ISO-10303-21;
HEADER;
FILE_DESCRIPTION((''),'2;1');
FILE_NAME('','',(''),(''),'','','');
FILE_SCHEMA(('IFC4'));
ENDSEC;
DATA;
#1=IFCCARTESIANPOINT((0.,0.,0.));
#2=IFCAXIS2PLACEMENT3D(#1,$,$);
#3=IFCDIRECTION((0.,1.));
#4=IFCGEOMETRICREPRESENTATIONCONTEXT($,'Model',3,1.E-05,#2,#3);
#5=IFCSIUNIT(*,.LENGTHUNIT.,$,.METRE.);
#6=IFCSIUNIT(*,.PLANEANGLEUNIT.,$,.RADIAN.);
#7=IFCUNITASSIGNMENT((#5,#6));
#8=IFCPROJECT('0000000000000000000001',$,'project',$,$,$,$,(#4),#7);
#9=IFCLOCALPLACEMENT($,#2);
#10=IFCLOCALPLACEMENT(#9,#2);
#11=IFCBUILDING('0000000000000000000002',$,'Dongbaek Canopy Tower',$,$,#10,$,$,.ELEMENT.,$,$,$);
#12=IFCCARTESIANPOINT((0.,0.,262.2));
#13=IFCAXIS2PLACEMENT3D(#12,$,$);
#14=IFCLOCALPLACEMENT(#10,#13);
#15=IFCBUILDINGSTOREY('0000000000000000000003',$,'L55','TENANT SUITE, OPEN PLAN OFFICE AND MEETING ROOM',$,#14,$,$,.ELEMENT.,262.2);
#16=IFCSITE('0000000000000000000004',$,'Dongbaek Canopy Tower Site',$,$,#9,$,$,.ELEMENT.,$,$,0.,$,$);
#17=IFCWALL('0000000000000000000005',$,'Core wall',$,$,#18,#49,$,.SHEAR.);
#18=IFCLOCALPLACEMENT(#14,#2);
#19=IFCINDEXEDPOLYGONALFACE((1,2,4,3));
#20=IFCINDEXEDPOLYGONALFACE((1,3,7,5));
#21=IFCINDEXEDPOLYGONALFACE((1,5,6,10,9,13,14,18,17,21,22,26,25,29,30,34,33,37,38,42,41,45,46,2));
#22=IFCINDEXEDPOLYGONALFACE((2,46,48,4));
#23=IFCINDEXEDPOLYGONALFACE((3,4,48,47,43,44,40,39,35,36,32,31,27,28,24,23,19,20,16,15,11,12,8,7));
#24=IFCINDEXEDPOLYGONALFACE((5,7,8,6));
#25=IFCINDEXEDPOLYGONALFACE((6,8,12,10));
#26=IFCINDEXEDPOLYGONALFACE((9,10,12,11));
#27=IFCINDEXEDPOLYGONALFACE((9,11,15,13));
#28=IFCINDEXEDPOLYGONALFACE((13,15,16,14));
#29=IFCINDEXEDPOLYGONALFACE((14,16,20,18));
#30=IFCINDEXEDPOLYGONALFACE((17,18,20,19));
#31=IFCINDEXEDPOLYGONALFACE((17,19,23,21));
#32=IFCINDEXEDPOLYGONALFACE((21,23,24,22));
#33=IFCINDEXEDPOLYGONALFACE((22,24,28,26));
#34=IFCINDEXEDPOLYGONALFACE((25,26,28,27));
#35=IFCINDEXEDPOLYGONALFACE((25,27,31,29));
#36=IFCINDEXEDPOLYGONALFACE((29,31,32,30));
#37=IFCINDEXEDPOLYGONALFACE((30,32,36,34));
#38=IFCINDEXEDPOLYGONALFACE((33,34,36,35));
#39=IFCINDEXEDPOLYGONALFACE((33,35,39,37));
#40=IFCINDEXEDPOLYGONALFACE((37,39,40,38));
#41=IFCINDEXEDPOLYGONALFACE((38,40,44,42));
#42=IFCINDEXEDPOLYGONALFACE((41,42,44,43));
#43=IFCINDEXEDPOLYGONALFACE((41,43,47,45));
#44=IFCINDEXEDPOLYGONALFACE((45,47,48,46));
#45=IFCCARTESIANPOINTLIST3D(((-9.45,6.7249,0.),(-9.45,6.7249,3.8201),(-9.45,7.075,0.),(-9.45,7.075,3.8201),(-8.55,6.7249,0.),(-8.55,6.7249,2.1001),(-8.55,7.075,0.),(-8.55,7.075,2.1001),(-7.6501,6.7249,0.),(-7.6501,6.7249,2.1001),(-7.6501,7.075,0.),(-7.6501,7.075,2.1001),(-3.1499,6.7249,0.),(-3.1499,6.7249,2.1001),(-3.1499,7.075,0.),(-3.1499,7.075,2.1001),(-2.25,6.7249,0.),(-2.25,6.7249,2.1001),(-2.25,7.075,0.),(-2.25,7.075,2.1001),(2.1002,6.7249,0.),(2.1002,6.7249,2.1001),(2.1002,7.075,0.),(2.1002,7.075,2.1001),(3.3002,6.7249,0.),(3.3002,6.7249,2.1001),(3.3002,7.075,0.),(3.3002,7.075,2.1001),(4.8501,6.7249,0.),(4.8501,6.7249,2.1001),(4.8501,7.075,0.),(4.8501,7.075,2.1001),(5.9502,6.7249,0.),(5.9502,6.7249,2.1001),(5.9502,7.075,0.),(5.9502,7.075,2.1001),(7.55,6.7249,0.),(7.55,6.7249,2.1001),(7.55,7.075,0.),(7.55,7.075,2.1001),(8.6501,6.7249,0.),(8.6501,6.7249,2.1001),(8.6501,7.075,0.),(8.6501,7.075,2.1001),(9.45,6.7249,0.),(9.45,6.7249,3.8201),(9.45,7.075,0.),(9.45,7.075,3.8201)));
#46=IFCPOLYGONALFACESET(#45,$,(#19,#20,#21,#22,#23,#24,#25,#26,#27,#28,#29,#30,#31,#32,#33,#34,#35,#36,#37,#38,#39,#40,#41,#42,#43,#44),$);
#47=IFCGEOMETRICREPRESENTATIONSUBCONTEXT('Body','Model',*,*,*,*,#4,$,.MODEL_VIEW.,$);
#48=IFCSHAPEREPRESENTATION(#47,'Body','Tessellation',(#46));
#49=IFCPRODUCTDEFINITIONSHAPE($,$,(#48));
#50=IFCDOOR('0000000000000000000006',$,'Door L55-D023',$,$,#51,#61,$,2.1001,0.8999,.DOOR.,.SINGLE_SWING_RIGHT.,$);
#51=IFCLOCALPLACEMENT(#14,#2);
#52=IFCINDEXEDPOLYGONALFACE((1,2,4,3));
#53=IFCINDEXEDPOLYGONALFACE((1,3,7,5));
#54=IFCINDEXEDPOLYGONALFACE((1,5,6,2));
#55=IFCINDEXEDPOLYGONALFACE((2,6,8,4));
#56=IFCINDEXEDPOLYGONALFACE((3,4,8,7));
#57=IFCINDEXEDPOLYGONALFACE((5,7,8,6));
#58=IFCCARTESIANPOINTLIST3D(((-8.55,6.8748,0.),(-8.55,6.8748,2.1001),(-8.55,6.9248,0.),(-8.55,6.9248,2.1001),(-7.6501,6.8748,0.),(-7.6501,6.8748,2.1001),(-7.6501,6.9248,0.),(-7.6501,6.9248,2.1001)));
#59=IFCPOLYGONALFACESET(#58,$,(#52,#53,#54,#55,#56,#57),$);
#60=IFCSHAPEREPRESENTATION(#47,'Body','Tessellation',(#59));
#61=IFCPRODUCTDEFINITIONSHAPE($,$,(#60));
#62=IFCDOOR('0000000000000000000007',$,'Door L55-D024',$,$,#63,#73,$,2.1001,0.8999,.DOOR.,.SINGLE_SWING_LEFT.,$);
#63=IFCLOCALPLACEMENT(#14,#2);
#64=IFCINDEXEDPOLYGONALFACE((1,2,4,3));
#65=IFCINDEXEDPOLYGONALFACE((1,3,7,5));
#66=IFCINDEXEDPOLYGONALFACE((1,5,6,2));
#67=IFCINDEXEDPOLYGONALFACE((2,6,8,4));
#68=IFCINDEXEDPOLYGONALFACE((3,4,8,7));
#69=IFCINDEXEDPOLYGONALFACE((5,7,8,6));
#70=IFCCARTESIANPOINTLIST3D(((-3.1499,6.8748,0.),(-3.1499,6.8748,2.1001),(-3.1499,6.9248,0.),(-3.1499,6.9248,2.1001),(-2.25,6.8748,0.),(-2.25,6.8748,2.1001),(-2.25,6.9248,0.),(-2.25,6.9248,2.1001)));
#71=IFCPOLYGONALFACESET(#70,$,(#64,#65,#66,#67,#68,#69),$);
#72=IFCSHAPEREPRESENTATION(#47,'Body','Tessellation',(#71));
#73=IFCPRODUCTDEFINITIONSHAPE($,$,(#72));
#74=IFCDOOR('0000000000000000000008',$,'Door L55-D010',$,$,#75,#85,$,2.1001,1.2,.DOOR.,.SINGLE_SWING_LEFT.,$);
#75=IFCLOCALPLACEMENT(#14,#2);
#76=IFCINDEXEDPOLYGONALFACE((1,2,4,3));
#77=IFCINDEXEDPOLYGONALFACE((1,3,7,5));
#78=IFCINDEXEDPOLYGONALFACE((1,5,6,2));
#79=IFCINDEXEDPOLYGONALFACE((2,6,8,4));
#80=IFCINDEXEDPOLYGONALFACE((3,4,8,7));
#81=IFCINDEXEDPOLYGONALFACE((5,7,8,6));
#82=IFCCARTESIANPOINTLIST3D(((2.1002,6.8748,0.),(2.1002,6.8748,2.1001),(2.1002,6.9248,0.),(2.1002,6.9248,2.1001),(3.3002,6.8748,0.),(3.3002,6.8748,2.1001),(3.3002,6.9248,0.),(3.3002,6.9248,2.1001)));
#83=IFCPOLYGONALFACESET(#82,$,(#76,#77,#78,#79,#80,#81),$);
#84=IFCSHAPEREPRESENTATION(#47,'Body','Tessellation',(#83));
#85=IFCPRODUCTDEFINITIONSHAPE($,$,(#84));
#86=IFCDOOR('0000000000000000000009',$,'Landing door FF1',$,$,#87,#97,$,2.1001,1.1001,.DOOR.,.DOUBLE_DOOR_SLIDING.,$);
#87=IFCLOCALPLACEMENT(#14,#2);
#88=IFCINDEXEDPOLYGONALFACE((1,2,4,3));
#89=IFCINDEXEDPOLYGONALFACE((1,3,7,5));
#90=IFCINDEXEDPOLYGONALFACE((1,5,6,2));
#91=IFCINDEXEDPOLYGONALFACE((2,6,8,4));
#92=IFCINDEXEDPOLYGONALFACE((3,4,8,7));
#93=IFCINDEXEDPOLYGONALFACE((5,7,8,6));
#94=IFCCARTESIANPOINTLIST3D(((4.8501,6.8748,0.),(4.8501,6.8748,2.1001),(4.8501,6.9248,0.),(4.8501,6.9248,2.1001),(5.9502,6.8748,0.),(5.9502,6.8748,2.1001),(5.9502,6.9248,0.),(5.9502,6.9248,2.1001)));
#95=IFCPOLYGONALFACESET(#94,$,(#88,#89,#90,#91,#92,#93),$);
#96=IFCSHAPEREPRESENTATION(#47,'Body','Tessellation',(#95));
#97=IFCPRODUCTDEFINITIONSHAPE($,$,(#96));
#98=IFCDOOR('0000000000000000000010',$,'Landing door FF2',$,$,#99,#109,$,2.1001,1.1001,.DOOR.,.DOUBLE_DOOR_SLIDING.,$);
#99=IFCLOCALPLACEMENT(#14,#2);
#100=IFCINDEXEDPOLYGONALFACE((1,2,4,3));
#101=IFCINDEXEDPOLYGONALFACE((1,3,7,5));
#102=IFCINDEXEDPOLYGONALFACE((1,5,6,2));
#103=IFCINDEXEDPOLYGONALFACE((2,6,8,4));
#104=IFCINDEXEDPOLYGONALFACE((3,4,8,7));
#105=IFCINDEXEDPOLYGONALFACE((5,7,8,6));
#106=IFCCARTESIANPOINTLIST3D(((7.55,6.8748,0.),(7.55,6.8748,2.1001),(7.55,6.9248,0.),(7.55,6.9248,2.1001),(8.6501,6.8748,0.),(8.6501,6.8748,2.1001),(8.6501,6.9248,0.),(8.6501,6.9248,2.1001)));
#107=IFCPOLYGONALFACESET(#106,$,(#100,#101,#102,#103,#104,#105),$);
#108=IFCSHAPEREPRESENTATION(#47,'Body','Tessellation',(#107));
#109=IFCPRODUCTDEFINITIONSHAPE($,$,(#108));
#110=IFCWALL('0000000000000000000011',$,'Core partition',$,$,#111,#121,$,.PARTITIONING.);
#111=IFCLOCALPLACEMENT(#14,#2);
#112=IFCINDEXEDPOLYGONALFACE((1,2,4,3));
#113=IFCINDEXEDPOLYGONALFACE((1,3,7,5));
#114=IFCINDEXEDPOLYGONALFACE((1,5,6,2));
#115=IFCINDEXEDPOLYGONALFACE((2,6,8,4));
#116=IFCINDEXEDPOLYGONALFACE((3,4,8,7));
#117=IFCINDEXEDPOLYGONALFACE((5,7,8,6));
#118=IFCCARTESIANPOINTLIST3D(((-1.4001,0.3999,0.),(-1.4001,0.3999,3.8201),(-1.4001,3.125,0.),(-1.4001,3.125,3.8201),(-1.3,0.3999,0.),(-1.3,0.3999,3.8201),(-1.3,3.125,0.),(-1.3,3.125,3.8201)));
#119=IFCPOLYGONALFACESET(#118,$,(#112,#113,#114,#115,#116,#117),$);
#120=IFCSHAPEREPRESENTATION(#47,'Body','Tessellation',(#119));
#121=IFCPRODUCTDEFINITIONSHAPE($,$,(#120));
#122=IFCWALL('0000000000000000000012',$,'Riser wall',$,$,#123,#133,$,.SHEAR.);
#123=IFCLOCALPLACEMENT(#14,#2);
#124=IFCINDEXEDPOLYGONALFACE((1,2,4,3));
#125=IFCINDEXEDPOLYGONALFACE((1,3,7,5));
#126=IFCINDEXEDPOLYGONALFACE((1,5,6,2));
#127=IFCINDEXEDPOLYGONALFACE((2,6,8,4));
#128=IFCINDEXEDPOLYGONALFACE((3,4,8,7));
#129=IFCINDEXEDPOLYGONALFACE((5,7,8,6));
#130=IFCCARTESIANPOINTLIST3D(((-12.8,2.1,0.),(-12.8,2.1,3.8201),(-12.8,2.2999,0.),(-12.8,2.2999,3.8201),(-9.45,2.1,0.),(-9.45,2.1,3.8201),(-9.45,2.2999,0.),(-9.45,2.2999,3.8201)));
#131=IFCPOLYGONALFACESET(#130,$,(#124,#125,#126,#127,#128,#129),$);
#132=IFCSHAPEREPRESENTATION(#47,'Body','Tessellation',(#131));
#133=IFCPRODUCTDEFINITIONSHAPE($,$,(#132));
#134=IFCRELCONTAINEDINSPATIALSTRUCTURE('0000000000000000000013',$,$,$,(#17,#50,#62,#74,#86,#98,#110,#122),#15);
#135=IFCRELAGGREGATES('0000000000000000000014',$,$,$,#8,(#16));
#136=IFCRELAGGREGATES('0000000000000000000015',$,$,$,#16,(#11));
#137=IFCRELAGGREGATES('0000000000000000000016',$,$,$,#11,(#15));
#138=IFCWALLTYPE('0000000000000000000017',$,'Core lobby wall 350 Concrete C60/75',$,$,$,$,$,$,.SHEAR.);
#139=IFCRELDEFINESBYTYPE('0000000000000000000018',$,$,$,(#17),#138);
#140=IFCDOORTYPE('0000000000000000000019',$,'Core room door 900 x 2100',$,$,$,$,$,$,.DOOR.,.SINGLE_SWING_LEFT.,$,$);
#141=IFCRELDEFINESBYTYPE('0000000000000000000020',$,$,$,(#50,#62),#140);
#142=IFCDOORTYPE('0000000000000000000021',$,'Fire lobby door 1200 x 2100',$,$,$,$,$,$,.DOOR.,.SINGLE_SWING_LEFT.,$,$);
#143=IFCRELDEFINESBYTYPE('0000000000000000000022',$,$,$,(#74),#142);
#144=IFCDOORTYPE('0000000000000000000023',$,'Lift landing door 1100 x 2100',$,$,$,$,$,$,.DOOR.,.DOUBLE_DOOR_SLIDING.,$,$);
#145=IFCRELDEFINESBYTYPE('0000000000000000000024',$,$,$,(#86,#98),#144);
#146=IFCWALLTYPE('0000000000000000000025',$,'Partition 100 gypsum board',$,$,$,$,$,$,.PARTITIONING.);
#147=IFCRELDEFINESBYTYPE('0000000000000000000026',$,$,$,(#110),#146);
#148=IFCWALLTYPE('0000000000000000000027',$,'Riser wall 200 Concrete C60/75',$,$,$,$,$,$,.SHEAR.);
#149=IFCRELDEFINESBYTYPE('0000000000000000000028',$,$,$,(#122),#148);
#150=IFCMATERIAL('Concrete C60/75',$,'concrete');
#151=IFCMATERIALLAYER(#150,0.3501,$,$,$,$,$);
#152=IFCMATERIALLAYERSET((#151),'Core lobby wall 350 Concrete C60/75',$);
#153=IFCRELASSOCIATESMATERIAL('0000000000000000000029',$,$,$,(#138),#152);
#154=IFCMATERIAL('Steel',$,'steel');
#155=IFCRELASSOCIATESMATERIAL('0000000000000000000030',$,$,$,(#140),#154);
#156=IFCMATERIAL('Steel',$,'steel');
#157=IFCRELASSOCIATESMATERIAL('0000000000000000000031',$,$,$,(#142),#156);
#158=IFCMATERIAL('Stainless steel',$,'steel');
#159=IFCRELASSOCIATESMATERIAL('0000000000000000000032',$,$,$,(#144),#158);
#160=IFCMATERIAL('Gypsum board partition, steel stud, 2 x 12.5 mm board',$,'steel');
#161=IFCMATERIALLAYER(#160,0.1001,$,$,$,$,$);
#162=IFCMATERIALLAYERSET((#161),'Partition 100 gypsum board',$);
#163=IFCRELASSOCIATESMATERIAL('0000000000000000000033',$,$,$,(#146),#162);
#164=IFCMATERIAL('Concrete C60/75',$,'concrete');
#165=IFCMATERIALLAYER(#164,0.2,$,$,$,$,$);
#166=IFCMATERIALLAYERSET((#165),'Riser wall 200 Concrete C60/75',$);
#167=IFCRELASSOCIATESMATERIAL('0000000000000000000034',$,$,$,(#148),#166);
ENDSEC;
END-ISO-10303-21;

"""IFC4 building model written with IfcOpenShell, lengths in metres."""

from ifc_helpers import new_model, si_unit, direction, frame, frame_2d, origin, place, context, subcontext, project, spatial, rectangle, extrude, material, layer, layer_set, type_object, element, fill, save


model = new_model("IFC4")

# Units and contexts
model_context = context("Model", 3, precision=1e-05, world=origin(), true_north=direction((0.0, 1.0)))
body_context = subcontext(model_context, "Body", "Model", "MODEL_VIEW")
ifc_project = project(units=[si_unit("LENGTHUNIT", "METRE"), si_unit("PLANEANGLEUNIT", "RADIAN")], contexts=[model_context])

# Site, building, storey
site_placement = place(None, origin())
site = spatial("IfcSite", under=ifc_project, at=site_placement, Name="Dongbaek Canopy Tower Site", CompositionType="ELEMENT", RefElevation=0.0)
building_placement = place(site_placement, origin())
building = spatial("IfcBuilding", under=site, at=building_placement, Name="Dongbaek Canopy Tower", CompositionType="ELEMENT")
storey_placement = place(building_placement, frame((0.0, 0.0, 262.2)))
storey = spatial("IfcBuildingStorey", under=building, at=storey_placement, Name="L55", Description="TENANT SUITE, OPEN PLAN OFFICE AND MEETING ROOM", CompositionType="ELEMENT", Elevation=262.2)

# Wall, openings, doors
ifc_material_1 = material(Name="Concrete C60/75", Category="concrete")
ifc_layer_1 = layer(ifc_material_1, 0.3501)
ifc_layer_set_1 = layer_set([ifc_layer_1], Name="Core lobby wall 350 Concrete C60/75")
wall_type_1 = type_object("IfcWallType", Name="Core lobby wall 350 Concrete C60/75", PredefinedType="SHEAR", material=ifc_layer_set_1)
wall_1_placement = place(storey_placement, frame((-9.45, 6.8999, 0.0), z_axis=(0.0, 0.0, 1.0), x_axis=(1.0, 0.0, 0.0)))
wall_1 = element("IfcWall", 1, at=wall_1_placement, inside=storey, type_object=wall_type_1, Name="Core wall", PredefinedType="SHEAR", context=body_context, shape_type="SweptSolid", body=[
    extrude(rectangle(XDim=18.8999, YDim=0.3501, at=frame_2d((9.45, 0.0))), origin(), (0.0, 0.0, 1.0), 3.8201),
])
opening_1_placement = place(wall_1_placement, frame((11.55, 0.0, 0.0)))
opening_1 = element("IfcOpeningElement", 2, at=opening_1_placement, cuts=wall_1, PredefinedType="OPENING", context=body_context, shape_type="SweptSolid", body=[
    extrude(rectangle(XDim=1.2, YDim=2.1001, at=frame_2d((0.6001, 1.05))), frame((0.0, 0.1851, 0.0), z_axis=(0.0, -1.0, 0.0), x_axis=(1.0, 0.0, 0.0)), (0.0, 0.0, 1.0), 0.3701),
])
opening_2_placement = place(wall_1_placement, frame((14.3, 0.0, 0.0)))
opening_2 = element("IfcOpeningElement", 3, at=opening_2_placement, cuts=wall_1, PredefinedType="OPENING", context=body_context, shape_type="SweptSolid", body=[
    extrude(rectangle(XDim=1.1001, YDim=2.1001, at=frame_2d((0.55, 1.05))), frame((0.0, 0.1851, 0.0), z_axis=(0.0, -1.0, 0.0), x_axis=(1.0, 0.0, 0.0)), (0.0, 0.0, 1.0), 0.3701),
])
opening_3_placement = place(wall_1_placement, frame((17.0, 0.0, 0.0)))
opening_3 = element("IfcOpeningElement", 4, at=opening_3_placement, cuts=wall_1, PredefinedType="OPENING", context=body_context, shape_type="SweptSolid", body=[
    extrude(rectangle(XDim=1.1001, YDim=2.1001, at=frame_2d((0.55, 1.05))), frame((0.0, 0.1851, 0.0), z_axis=(0.0, -1.0, 0.0), x_axis=(1.0, 0.0, 0.0)), (0.0, 0.0, 1.0), 0.3701),
])
opening_4_placement = place(wall_1_placement, frame((0.8999, 0.0, 0.0)))
opening_4 = element("IfcOpeningElement", 5, at=opening_4_placement, cuts=wall_1, PredefinedType="OPENING", context=body_context, shape_type="SweptSolid", body=[
    extrude(rectangle(XDim=0.8999, YDim=2.1001, at=frame_2d((0.45, 1.05))), frame((0.0, 0.1851, 0.0), z_axis=(0.0, -1.0, 0.0), x_axis=(1.0, 0.0, 0.0)), (0.0, 0.0, 1.0), 0.3701),
])
opening_5_placement = place(wall_1_placement, frame((6.3, 0.0, 0.0)))
opening_5 = element("IfcOpeningElement", 6, at=opening_5_placement, cuts=wall_1, PredefinedType="OPENING", context=body_context, shape_type="SweptSolid", body=[
    extrude(rectangle(XDim=0.8999, YDim=2.1001, at=frame_2d((0.45, 1.05))), frame((0.0, 0.1851, 0.0), z_axis=(0.0, -1.0, 0.0), x_axis=(1.0, 0.0, 0.0)), (0.0, 0.0, 1.0), 0.3701),
])
ifc_material_2 = material(Name="Steel", Category="steel")
door_type_1 = type_object("IfcDoorType", Name="Core room door 900 x 2100", OperationType="SINGLE_SWING_LEFT", PredefinedType="DOOR", material=ifc_material_2)
door_1_placement = place(opening_4_placement, origin())
door_1 = element("IfcDoor", 7, at=door_1_placement, inside=storey, type_object=door_type_1, Name="Door L55-D023", OperationType="SINGLE_SWING_RIGHT", OverallHeight=2.1001, OverallWidth=0.8999, PredefinedType="DOOR", context=body_context, shape_type="SweptSolid", body=[
    extrude(rectangle(XDim=0.8999, YDim=2.1001, at=frame_2d((0.45, 1.05))), frame((0.0, 0.0249, 0.0), z_axis=(0.0, -1.0, 0.0), x_axis=(1.0, 0.0, 0.0)), (0.0, 0.0, 1.0), 0.05),
])
fill(opening_4, door_1)
door_2_placement = place(opening_5_placement, origin())
door_2 = element("IfcDoor", 8, at=door_2_placement, inside=storey, type_object=door_type_1, Name="Door L55-D024", OperationType="SINGLE_SWING_LEFT", OverallHeight=2.1001, OverallWidth=0.8999, PredefinedType="DOOR", context=body_context, shape_type="SweptSolid", body=[
    extrude(rectangle(XDim=0.8999, YDim=2.1001, at=frame_2d((0.45, 1.05))), frame((0.0, 0.0249, 0.0), z_axis=(0.0, -1.0, 0.0), x_axis=(1.0, 0.0, 0.0)), (0.0, 0.0, 1.0), 0.05),
])
fill(opening_5, door_2)
ifc_material_3 = material(Name="Steel", Category="steel")
door_type_2 = type_object("IfcDoorType", Name="Fire lobby door 1200 x 2100", OperationType="SINGLE_SWING_LEFT", PredefinedType="DOOR", material=ifc_material_3)
door_3_placement = place(opening_1_placement, origin())
door_3 = element("IfcDoor", 9, at=door_3_placement, inside=storey, type_object=door_type_2, Name="Door L55-D010", OperationType="SINGLE_SWING_LEFT", OverallHeight=2.1001, OverallWidth=1.2, PredefinedType="DOOR", context=body_context, shape_type="SweptSolid", body=[
    extrude(rectangle(XDim=1.2, YDim=2.1001, at=frame_2d((0.6001, 1.05))), frame((0.0, 0.0249, 0.0), z_axis=(0.0, -1.0, 0.0), x_axis=(1.0, 0.0, 0.0)), (0.0, 0.0, 1.0), 0.05),
])
fill(opening_1, door_3)
ifc_material_4 = material(Name="Stainless steel", Category="steel")
door_type_3 = type_object("IfcDoorType", Name="Lift landing door 1100 x 2100", OperationType="DOUBLE_DOOR_SLIDING", PredefinedType="DOOR", material=ifc_material_4)
door_4_placement = place(opening_2_placement, origin())
door_4 = element("IfcDoor", 10, at=door_4_placement, inside=storey, type_object=door_type_3, Name="Landing door FF1", OperationType="DOUBLE_DOOR_SLIDING", OverallHeight=2.1001, OverallWidth=1.1001, PredefinedType="DOOR", context=body_context, shape_type="SweptSolid", body=[
    extrude(rectangle(XDim=1.1001, YDim=2.1001, at=frame_2d((0.55, 1.05))), frame((0.0, 0.0249, 0.0), z_axis=(0.0, -1.0, 0.0), x_axis=(1.0, 0.0, 0.0)), (0.0, 0.0, 1.0), 0.05),
])
fill(opening_2, door_4)
door_5_placement = place(opening_3_placement, origin())
door_5 = element("IfcDoor", 11, at=door_5_placement, inside=storey, type_object=door_type_3, Name="Landing door FF2", OperationType="DOUBLE_DOOR_SLIDING", OverallHeight=2.1001, OverallWidth=1.1001, PredefinedType="DOOR", context=body_context, shape_type="SweptSolid", body=[
    extrude(rectangle(XDim=1.1001, YDim=2.1001, at=frame_2d((0.55, 1.05))), frame((0.0, 0.0249, 0.0), z_axis=(0.0, -1.0, 0.0), x_axis=(1.0, 0.0, 0.0)), (0.0, 0.0, 1.0), 0.05),
])
fill(opening_3, door_5)

# Walls
ifc_material_5 = material(Name="Gypsum board partition, steel stud, 2 x 12.5 mm board", Category="steel")
ifc_layer_2 = layer(ifc_material_5, 0.1001)
ifc_layer_set_2 = layer_set([ifc_layer_2], Name="Partition 100 gypsum board")
wall_type_2 = type_object("IfcWallType", Name="Partition 100 gypsum board", PredefinedType="PARTITIONING", material=ifc_layer_set_2)
wall_2_placement = place(storey_placement, frame((-1.3501, 0.3999, 0.0), z_axis=(0.0, 0.0, 1.0), x_axis=(0.0, 1.0, 0.0)))
element("IfcWall", 12, at=wall_2_placement, inside=storey, type_object=wall_type_2, Name="Core partition", PredefinedType="PARTITIONING", context=body_context, shape_type="SweptSolid", body=[
    extrude(rectangle(XDim=2.7251, YDim=0.1001, at=frame_2d((1.3625, 0.0))), origin(), (0.0, 0.0, 1.0), 3.8201),
])
ifc_material_6 = material(Name="Concrete C60/75", Category="concrete")
ifc_layer_3 = layer(ifc_material_6, 0.2)
ifc_layer_set_3 = layer_set([ifc_layer_3], Name="Riser wall 200 Concrete C60/75")
wall_type_3 = type_object("IfcWallType", Name="Riser wall 200 Concrete C60/75", PredefinedType="SHEAR", material=ifc_layer_set_3)
wall_3_placement = place(storey_placement, frame((-9.45, 2.2, 0.0), z_axis=(0.0, 0.0, 1.0), x_axis=(-1.0, 0.0, 0.0)))
element("IfcWall", 13, at=wall_3_placement, inside=storey, type_object=wall_type_3, Name="Riser wall", PredefinedType="SHEAR", context=body_context, shape_type="SweptSolid", body=[
    extrude(rectangle(XDim=3.3501, YDim=0.2, at=frame_2d((1.675, 0.0))), origin(), (0.0, 0.0, 1.0), 3.8201),
])

save(model, "model.ifc")
